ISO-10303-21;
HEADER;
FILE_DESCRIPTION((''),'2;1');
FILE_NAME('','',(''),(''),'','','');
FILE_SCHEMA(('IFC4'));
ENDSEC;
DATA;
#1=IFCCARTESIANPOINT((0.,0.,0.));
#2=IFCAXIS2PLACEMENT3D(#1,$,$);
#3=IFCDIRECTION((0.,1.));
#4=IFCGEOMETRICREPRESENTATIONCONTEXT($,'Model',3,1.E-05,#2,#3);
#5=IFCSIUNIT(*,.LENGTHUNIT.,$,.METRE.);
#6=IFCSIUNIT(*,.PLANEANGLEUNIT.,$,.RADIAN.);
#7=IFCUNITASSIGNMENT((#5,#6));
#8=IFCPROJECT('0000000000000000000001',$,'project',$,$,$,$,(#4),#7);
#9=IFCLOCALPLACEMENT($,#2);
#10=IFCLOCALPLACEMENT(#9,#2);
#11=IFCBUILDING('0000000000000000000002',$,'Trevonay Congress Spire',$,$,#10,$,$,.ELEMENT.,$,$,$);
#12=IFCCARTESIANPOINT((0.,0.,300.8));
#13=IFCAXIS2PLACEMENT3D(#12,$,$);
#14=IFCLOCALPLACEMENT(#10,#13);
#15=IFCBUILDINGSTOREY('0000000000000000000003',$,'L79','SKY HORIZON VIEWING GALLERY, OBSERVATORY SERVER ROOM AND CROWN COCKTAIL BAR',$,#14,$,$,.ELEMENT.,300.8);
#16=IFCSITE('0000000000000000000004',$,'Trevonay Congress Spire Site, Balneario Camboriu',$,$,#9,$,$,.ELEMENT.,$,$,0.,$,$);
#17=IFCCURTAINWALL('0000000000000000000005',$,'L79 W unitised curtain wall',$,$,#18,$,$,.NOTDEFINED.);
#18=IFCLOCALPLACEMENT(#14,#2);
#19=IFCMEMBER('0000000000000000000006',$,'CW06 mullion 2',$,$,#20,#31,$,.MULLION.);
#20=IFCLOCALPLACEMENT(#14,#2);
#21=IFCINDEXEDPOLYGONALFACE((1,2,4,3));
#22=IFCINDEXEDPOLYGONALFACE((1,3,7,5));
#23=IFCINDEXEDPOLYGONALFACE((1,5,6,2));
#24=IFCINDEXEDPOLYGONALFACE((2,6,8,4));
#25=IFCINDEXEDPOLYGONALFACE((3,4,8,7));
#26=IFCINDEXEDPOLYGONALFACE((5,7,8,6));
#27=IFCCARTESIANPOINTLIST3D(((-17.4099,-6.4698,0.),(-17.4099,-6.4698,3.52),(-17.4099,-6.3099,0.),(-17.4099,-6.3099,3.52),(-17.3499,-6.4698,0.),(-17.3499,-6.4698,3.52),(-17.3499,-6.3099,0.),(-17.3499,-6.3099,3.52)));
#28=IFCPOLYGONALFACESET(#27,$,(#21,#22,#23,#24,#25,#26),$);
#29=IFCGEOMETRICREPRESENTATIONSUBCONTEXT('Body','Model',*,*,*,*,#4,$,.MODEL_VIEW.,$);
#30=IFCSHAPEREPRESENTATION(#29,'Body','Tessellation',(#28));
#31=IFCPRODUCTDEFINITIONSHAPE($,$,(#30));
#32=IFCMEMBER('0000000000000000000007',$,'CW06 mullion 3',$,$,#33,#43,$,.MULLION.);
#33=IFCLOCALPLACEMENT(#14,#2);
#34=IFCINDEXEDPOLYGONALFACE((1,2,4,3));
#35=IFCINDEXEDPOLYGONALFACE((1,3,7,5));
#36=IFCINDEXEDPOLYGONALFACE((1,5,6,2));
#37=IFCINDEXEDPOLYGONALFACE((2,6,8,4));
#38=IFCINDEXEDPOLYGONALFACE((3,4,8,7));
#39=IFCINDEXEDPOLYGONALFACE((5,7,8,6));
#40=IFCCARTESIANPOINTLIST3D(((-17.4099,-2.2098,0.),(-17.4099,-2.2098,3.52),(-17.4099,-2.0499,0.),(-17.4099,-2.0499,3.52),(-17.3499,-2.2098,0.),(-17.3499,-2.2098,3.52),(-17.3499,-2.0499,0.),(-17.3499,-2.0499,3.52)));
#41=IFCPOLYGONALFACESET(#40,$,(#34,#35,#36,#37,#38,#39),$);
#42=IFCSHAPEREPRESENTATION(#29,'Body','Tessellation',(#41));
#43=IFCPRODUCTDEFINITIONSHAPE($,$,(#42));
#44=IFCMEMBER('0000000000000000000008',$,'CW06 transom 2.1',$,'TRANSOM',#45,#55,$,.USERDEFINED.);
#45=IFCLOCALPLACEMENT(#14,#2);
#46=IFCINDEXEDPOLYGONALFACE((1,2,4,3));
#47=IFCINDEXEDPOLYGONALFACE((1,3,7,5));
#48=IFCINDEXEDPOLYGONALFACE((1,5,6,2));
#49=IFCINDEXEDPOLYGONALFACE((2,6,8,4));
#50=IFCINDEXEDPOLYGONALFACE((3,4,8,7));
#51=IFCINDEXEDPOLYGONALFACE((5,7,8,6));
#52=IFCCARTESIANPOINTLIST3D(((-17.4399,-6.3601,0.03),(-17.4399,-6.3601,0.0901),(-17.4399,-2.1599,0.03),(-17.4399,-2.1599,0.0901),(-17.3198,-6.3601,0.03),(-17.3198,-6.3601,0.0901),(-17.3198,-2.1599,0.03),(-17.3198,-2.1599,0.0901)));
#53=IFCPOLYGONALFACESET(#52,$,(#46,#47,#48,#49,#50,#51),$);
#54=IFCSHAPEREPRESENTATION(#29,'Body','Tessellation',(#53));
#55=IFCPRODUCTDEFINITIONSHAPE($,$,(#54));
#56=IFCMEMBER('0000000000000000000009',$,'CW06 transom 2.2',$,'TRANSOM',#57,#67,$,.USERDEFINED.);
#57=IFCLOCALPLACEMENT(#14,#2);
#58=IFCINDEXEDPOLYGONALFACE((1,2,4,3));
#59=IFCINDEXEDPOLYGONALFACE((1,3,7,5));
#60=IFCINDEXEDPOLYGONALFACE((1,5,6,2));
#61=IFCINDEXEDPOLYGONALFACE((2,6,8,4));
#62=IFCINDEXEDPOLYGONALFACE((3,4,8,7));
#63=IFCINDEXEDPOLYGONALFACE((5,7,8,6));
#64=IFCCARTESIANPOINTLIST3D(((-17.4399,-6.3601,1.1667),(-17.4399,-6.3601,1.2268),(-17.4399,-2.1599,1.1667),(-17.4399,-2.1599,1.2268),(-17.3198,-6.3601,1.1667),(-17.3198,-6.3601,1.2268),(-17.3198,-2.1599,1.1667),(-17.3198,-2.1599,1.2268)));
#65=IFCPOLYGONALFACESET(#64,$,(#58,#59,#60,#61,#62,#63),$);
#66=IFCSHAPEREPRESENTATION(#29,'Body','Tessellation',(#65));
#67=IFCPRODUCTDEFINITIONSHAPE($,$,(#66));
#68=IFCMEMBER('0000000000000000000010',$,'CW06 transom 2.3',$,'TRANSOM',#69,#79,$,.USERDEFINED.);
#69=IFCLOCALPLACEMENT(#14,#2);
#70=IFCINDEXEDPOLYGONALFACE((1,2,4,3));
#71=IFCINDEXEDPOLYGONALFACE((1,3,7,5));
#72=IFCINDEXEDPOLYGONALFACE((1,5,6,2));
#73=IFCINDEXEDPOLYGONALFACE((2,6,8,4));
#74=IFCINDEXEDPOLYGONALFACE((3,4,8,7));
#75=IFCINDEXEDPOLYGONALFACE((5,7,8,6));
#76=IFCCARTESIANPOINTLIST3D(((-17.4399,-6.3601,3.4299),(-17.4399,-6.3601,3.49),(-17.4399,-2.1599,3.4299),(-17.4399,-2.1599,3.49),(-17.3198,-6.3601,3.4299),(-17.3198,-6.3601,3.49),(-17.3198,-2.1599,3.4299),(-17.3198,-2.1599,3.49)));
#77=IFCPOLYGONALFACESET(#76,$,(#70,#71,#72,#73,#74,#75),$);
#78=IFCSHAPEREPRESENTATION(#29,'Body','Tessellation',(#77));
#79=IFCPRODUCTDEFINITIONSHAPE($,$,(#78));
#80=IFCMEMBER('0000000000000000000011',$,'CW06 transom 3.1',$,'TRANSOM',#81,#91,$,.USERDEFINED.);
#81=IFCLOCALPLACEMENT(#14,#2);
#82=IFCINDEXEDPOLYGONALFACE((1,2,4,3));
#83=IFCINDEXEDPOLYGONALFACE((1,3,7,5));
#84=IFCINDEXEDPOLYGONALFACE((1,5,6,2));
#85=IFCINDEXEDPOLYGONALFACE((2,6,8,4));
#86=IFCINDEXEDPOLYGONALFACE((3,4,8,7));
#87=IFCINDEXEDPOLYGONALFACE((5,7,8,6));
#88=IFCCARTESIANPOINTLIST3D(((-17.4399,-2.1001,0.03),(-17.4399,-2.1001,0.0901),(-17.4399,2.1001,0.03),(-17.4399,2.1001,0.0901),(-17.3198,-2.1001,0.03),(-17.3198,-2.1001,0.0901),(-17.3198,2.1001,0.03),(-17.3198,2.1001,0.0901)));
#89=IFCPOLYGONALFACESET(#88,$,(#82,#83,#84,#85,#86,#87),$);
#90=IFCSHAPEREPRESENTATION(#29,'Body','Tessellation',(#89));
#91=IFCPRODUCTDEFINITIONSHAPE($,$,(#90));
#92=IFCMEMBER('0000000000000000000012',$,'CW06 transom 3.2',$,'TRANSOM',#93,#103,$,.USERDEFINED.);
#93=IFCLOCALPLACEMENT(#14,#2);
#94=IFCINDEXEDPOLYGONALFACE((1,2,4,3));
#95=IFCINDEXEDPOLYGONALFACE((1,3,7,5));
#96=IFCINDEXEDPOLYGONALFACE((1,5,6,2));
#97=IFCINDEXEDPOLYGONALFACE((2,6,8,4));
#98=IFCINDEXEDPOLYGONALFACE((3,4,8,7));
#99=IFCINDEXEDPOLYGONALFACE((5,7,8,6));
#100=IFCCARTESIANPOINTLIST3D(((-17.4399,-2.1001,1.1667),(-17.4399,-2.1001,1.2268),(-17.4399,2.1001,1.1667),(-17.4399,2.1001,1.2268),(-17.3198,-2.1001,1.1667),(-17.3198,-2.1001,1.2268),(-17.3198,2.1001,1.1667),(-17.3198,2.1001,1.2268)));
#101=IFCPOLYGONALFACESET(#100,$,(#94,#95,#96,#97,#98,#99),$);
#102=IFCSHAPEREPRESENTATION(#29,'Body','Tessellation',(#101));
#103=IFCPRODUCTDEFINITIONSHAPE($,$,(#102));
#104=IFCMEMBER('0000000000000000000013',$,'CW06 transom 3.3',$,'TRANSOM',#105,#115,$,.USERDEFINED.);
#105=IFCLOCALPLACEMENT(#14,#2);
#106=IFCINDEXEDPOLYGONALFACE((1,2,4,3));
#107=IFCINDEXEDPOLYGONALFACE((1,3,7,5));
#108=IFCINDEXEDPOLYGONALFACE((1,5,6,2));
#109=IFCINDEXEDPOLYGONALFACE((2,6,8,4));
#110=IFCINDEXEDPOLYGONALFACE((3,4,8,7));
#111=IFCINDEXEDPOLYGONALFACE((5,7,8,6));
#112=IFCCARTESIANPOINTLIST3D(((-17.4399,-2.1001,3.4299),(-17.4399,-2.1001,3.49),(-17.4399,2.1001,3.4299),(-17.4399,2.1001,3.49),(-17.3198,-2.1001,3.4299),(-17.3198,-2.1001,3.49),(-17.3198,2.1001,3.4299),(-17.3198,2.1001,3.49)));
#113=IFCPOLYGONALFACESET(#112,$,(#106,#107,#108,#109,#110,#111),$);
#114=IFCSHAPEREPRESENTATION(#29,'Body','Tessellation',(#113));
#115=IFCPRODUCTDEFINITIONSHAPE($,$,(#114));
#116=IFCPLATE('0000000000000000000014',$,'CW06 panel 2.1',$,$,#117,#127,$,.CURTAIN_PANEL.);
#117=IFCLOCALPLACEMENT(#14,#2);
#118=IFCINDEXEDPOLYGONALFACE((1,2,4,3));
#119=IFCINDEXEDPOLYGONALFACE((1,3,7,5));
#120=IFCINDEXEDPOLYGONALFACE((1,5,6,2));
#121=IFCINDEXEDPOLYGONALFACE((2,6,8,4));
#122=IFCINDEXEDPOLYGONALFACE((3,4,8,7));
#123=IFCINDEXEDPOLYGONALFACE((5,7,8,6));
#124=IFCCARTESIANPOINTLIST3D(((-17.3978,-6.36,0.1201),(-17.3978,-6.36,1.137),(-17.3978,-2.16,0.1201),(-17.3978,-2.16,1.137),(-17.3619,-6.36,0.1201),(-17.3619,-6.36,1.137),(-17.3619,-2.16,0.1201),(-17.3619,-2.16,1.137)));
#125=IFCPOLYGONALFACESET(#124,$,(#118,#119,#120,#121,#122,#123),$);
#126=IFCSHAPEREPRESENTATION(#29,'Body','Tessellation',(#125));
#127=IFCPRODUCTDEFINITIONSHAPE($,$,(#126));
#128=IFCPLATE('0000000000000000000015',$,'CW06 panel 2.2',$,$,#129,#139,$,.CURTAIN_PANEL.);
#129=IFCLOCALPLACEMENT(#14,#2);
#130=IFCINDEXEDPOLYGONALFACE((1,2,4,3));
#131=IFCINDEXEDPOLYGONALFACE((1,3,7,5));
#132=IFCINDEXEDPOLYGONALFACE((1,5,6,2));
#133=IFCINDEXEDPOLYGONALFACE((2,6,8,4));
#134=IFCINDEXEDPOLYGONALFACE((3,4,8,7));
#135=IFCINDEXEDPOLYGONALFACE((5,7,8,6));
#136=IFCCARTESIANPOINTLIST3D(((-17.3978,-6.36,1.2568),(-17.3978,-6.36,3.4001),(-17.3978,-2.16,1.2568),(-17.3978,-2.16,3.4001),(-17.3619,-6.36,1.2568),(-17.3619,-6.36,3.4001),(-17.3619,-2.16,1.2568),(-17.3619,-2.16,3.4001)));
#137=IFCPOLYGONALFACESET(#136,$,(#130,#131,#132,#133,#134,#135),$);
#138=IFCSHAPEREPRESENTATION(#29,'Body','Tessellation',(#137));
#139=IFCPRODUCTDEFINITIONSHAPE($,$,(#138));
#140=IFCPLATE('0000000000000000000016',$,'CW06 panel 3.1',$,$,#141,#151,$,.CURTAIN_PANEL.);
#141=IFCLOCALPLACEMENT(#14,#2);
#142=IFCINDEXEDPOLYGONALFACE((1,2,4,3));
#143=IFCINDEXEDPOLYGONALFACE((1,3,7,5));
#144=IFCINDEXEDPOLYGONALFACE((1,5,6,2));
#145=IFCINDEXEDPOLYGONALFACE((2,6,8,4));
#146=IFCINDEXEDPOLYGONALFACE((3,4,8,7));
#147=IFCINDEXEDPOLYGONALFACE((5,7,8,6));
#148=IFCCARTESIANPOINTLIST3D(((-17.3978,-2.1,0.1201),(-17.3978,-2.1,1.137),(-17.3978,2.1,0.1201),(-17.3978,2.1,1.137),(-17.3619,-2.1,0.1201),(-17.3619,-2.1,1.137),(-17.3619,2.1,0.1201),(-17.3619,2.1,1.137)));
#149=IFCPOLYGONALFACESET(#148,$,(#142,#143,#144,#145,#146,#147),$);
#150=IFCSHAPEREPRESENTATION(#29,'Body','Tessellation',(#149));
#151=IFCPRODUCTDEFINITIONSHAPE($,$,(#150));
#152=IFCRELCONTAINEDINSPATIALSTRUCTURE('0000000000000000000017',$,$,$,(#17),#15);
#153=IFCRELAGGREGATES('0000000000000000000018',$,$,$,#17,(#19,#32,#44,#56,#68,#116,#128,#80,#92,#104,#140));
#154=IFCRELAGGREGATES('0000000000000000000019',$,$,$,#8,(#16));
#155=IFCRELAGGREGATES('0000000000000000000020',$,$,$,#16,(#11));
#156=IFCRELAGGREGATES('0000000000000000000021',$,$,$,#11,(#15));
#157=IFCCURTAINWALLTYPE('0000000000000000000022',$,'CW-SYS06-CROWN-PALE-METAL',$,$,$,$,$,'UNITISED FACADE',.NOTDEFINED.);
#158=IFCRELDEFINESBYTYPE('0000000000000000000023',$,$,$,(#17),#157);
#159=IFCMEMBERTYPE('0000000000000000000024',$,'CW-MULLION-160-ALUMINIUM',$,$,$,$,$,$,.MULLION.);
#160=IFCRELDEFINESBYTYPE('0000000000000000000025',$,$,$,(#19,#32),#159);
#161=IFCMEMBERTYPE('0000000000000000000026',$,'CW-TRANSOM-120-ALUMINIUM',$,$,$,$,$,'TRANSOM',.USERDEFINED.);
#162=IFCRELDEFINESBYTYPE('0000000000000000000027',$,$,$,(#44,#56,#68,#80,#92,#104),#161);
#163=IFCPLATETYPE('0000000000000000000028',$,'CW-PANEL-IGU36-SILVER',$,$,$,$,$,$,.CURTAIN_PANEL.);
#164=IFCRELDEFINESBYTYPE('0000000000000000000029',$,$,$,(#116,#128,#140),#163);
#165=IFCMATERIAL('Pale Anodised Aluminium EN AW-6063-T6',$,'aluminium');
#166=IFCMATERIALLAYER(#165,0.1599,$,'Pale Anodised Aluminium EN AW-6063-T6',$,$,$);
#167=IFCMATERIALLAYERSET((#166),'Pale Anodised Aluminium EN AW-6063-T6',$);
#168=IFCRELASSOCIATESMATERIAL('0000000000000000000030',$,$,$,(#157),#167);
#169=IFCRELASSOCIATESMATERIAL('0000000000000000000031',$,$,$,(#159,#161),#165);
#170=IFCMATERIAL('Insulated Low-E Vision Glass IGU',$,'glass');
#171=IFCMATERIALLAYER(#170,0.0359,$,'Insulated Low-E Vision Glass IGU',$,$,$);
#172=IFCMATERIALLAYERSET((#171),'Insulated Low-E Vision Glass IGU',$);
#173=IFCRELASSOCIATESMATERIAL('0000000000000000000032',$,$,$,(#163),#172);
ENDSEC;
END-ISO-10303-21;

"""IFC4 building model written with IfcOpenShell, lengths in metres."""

from ifc_helpers import new_model, si_unit, direction, frame, origin, origin_2d, place, context, subcontext, project, spatial, rectangle, extrude, material, layer, layer_set, material_profile, profile_set, type_object, element, aggregate, save


model = new_model("IFC4")

# Units and contexts
model_context = context("Model", 3, precision=1e-05, world=origin(), true_north=direction((0.0, 1.0)))
body_context = subcontext(model_context, "Body", "Model", "MODEL_VIEW")
ifc_project = project(units=[si_unit("LENGTHUNIT", "METRE"), si_unit("PLANEANGLEUNIT", "RADIAN")], contexts=[model_context])

# Site, building, storey
site_placement = place(None, origin())
site = spatial("IfcSite", under=ifc_project, at=site_placement, Name="Trevonay Congress Spire Site, Balneario Camboriu", CompositionType="ELEMENT", RefElevation=0.0)
building_placement = place(site_placement, origin())
building = spatial("IfcBuilding", under=site, at=building_placement, Name="Trevonay Congress Spire", CompositionType="ELEMENT")
storey_placement = place(building_placement, frame((0.0, 0.0, 300.8)))
storey = spatial("IfcBuildingStorey", under=building, at=storey_placement, Name="L79", Description="SKY HORIZON VIEWING GALLERY, OBSERVATORY SERVER ROOM AND CROWN COCKTAIL BAR", CompositionType="ELEMENT", Elevation=300.8)

# Curtain wall, members, plates
ifc_material_1 = material(Name="Pale Anodised Aluminium EN AW-6063-T6", Category="aluminium")
ifc_layer_1 = layer(ifc_material_1, 0.1599, Name="Pale Anodised Aluminium EN AW-6063-T6")
ifc_layer_set_1 = layer_set([ifc_layer_1], Name="Pale Anodised Aluminium EN AW-6063-T6")
curtain_wall_type = type_object("IfcCurtainWallType", Name="CW-SYS06-CROWN-PALE-METAL", ElementType="UNITISED FACADE", PredefinedType="NOTDEFINED", material=ifc_layer_set_1)
curtain_wall_placement = place(storey_placement, origin())
curtain_wall = element("IfcCurtainWall", 1, at=curtain_wall_placement, inside=storey, type_object=curtain_wall_type, Name="L79 W unitised curtain wall", PredefinedType="NOTDEFINED")
ifc_material_profile_1 = material_profile(ifc_material_1, rectangle(XDim=0.0601, YDim=0.1599, at=origin_2d()), Name="CW-MULLION-160-ALUMINIUM")
ifc_profile_set_1 = profile_set([ifc_material_profile_1], Name="Pale Anodised Aluminium EN AW-6063-T6")
member_type_1 = type_object("IfcMemberType", Name="CW-MULLION-160-ALUMINIUM", PredefinedType="MULLION", material=ifc_profile_set_1)
member_1_placement = place(storey_placement, frame((-17.3799, -6.3899, 0.0), z_axis=(0.0, 0.0, 1.0), x_axis=(-1.0, 0.0, 0.0)))
member_1 = element("IfcMember", 2, at=member_1_placement, type_object=member_type_1, Name="CW06 mullion 2", PredefinedType="MULLION", context=body_context, shape_type="SweptSolid", body=[
    extrude(rectangle(XDim=0.0601, YDim=0.1599, at=origin_2d()), origin(), (0.0, 0.0, 1.0), 3.52),
])
member_2_placement = place(storey_placement, frame((-17.3799, -2.1299, 0.0), z_axis=(0.0, 0.0, 1.0), x_axis=(-1.0, 0.0, 0.0)))
member_2 = element("IfcMember", 3, at=member_2_placement, type_object=member_type_1, Name="CW06 mullion 3", PredefinedType="MULLION", context=body_context, shape_type="SweptSolid", body=[
    extrude(rectangle(XDim=0.0601, YDim=0.1599, at=origin_2d()), origin(), (0.0, 0.0, 1.0), 3.52),
])
ifc_material_profile_2 = material_profile(ifc_material_1, rectangle(XDim=0.1201, YDim=0.0601, at=origin_2d()), Name="CW-TRANSOM-120-ALUMINIUM")
ifc_profile_set_2 = profile_set([ifc_material_profile_2], Name="Pale Anodised Aluminium EN AW-6063-T6")
member_type_2 = type_object("IfcMemberType", Name="CW-TRANSOM-120-ALUMINIUM", ElementType="TRANSOM", PredefinedType="USERDEFINED", material=ifc_profile_set_2)
member_3_placement = place(storey_placement, frame((-17.3799, -6.3601, 0.0601), z_axis=(0.0, 1.0, 0.0), x_axis=(-1.0, 0.0, 0.0)))
member_3 = element("IfcMember", 4, at=member_3_placement, type_object=member_type_2, Name="CW06 transom 2.1", ObjectType="TRANSOM", PredefinedType="USERDEFINED", context=body_context, shape_type="SweptSolid", body=[
    extrude(rectangle(XDim=0.1201, YDim=0.0601, at=origin_2d()), origin(), (0.0, 0.0, 1.0), 4.2002),
])
member_4_placement = place(storey_placement, frame((-17.3799, -6.3601, 1.1968), z_axis=(0.0, 1.0, 0.0), x_axis=(-1.0, 0.0, 0.0)))
member_4 = element("IfcMember", 5, at=member_4_placement, type_object=member_type_2, Name="CW06 transom 2.2", ObjectType="TRANSOM", PredefinedType="USERDEFINED", context=body_context, shape_type="SweptSolid", body=[
    extrude(rectangle(XDim=0.1201, YDim=0.0601, at=origin_2d()), origin(), (0.0, 0.0, 1.0), 4.2002),
])
member_5_placement = place(storey_placement, frame((-17.3799, -6.3601, 3.46), z_axis=(0.0, 1.0, 0.0), x_axis=(-1.0, 0.0, 0.0)))
member_5 = element("IfcMember", 6, at=member_5_placement, type_object=member_type_2, Name="CW06 transom 2.3", ObjectType="TRANSOM", PredefinedType="USERDEFINED", context=body_context, shape_type="SweptSolid", body=[
    extrude(rectangle(XDim=0.1201, YDim=0.0601, at=origin_2d()), origin(), (0.0, 0.0, 1.0), 4.2002),
])
member_6_placement = place(storey_placement, frame((-17.3799, -2.1001, 0.0601), z_axis=(0.0, 1.0, 0.0), x_axis=(-1.0, 0.0, 0.0)))
member_6 = element("IfcMember", 7, at=member_6_placement, type_object=member_type_2, Name="CW06 transom 3.1", ObjectType="TRANSOM", PredefinedType="USERDEFINED", context=body_context, shape_type="SweptSolid", body=[
    extrude(rectangle(XDim=0.1201, YDim=0.0601, at=origin_2d()), origin(), (0.0, 0.0, 1.0), 4.2002),
])
member_7_placement = place(storey_placement, frame((-17.3799, -2.1001, 1.1968), z_axis=(0.0, 1.0, 0.0), x_axis=(-1.0, 0.0, 0.0)))
member_7 = element("IfcMember", 8, at=member_7_placement, type_object=member_type_2, Name="CW06 transom 3.2", ObjectType="TRANSOM", PredefinedType="USERDEFINED", context=body_context, shape_type="SweptSolid", body=[
    extrude(rectangle(XDim=0.1201, YDim=0.0601, at=origin_2d()), origin(), (0.0, 0.0, 1.0), 4.2002),
])
member_8_placement = place(storey_placement, frame((-17.3799, -2.1001, 3.46), z_axis=(0.0, 1.0, 0.0), x_axis=(-1.0, 0.0, 0.0)))
member_8 = element("IfcMember", 9, at=member_8_placement, type_object=member_type_2, Name="CW06 transom 3.3", ObjectType="TRANSOM", PredefinedType="USERDEFINED", context=body_context, shape_type="SweptSolid", body=[
    extrude(rectangle(XDim=0.1201, YDim=0.0601, at=origin_2d()), origin(), (0.0, 0.0, 1.0), 4.2002),
])
ifc_material_2 = material(Name="Insulated Low-E Vision Glass IGU", Category="glass")
ifc_layer_2 = layer(ifc_material_2, 0.0359, Name="Insulated Low-E Vision Glass IGU")
ifc_layer_set_2 = layer_set([ifc_layer_2], Name="Insulated Low-E Vision Glass IGU")
plate_type = type_object("IfcPlateType", Name="CW-PANEL-IGU36-SILVER", PredefinedType="CURTAIN_PANEL", material=ifc_layer_set_2)
plate_1_placement = place(storey_placement, frame((-17.3799, -4.26, 0.1201), z_axis=(0.0, 0.0, 1.0), x_axis=(0.0, 1.0, 0.0)))
plate_1 = element("IfcPlate", 10, at=plate_1_placement, type_object=plate_type, Name="CW06 panel 2.1", PredefinedType="CURTAIN_PANEL", context=body_context, shape_type="SweptSolid", body=[
    extrude(rectangle(XDim=4.2, YDim=0.0359, at=origin_2d()), origin(), (0.0, 0.0, 1.0), 1.0168),
])
plate_2_placement = place(storey_placement, frame((-17.3799, -4.26, 1.2568), z_axis=(0.0, 0.0, 1.0), x_axis=(0.0, 1.0, 0.0)))
plate_2 = element("IfcPlate", 11, at=plate_2_placement, type_object=plate_type, Name="CW06 panel 2.2", PredefinedType="CURTAIN_PANEL", context=body_context, shape_type="SweptSolid", body=[
    extrude(rectangle(XDim=4.2, YDim=0.0359, at=origin_2d()), origin(), (0.0, 0.0, 1.0), 2.1433),
])
plate_3_placement = place(storey_placement, frame((-17.3799, 0.0, 0.1201), z_axis=(0.0, 0.0, 1.0), x_axis=(0.0, 1.0, 0.0)))
plate_3 = element("IfcPlate", 12, at=plate_3_placement, type_object=plate_type, Name="CW06 panel 3.1", PredefinedType="CURTAIN_PANEL", context=body_context, shape_type="SweptSolid", body=[
    extrude(rectangle(XDim=4.2, YDim=0.0359, at=origin_2d()), origin(), (0.0, 0.0, 1.0), 1.0168),
])
aggregate(curtain_wall, [member_1, member_2, member_3, member_4, member_5, plate_1, plate_2, member_6, member_7, member_8, plate_3])

save(model, "model.ifc")
